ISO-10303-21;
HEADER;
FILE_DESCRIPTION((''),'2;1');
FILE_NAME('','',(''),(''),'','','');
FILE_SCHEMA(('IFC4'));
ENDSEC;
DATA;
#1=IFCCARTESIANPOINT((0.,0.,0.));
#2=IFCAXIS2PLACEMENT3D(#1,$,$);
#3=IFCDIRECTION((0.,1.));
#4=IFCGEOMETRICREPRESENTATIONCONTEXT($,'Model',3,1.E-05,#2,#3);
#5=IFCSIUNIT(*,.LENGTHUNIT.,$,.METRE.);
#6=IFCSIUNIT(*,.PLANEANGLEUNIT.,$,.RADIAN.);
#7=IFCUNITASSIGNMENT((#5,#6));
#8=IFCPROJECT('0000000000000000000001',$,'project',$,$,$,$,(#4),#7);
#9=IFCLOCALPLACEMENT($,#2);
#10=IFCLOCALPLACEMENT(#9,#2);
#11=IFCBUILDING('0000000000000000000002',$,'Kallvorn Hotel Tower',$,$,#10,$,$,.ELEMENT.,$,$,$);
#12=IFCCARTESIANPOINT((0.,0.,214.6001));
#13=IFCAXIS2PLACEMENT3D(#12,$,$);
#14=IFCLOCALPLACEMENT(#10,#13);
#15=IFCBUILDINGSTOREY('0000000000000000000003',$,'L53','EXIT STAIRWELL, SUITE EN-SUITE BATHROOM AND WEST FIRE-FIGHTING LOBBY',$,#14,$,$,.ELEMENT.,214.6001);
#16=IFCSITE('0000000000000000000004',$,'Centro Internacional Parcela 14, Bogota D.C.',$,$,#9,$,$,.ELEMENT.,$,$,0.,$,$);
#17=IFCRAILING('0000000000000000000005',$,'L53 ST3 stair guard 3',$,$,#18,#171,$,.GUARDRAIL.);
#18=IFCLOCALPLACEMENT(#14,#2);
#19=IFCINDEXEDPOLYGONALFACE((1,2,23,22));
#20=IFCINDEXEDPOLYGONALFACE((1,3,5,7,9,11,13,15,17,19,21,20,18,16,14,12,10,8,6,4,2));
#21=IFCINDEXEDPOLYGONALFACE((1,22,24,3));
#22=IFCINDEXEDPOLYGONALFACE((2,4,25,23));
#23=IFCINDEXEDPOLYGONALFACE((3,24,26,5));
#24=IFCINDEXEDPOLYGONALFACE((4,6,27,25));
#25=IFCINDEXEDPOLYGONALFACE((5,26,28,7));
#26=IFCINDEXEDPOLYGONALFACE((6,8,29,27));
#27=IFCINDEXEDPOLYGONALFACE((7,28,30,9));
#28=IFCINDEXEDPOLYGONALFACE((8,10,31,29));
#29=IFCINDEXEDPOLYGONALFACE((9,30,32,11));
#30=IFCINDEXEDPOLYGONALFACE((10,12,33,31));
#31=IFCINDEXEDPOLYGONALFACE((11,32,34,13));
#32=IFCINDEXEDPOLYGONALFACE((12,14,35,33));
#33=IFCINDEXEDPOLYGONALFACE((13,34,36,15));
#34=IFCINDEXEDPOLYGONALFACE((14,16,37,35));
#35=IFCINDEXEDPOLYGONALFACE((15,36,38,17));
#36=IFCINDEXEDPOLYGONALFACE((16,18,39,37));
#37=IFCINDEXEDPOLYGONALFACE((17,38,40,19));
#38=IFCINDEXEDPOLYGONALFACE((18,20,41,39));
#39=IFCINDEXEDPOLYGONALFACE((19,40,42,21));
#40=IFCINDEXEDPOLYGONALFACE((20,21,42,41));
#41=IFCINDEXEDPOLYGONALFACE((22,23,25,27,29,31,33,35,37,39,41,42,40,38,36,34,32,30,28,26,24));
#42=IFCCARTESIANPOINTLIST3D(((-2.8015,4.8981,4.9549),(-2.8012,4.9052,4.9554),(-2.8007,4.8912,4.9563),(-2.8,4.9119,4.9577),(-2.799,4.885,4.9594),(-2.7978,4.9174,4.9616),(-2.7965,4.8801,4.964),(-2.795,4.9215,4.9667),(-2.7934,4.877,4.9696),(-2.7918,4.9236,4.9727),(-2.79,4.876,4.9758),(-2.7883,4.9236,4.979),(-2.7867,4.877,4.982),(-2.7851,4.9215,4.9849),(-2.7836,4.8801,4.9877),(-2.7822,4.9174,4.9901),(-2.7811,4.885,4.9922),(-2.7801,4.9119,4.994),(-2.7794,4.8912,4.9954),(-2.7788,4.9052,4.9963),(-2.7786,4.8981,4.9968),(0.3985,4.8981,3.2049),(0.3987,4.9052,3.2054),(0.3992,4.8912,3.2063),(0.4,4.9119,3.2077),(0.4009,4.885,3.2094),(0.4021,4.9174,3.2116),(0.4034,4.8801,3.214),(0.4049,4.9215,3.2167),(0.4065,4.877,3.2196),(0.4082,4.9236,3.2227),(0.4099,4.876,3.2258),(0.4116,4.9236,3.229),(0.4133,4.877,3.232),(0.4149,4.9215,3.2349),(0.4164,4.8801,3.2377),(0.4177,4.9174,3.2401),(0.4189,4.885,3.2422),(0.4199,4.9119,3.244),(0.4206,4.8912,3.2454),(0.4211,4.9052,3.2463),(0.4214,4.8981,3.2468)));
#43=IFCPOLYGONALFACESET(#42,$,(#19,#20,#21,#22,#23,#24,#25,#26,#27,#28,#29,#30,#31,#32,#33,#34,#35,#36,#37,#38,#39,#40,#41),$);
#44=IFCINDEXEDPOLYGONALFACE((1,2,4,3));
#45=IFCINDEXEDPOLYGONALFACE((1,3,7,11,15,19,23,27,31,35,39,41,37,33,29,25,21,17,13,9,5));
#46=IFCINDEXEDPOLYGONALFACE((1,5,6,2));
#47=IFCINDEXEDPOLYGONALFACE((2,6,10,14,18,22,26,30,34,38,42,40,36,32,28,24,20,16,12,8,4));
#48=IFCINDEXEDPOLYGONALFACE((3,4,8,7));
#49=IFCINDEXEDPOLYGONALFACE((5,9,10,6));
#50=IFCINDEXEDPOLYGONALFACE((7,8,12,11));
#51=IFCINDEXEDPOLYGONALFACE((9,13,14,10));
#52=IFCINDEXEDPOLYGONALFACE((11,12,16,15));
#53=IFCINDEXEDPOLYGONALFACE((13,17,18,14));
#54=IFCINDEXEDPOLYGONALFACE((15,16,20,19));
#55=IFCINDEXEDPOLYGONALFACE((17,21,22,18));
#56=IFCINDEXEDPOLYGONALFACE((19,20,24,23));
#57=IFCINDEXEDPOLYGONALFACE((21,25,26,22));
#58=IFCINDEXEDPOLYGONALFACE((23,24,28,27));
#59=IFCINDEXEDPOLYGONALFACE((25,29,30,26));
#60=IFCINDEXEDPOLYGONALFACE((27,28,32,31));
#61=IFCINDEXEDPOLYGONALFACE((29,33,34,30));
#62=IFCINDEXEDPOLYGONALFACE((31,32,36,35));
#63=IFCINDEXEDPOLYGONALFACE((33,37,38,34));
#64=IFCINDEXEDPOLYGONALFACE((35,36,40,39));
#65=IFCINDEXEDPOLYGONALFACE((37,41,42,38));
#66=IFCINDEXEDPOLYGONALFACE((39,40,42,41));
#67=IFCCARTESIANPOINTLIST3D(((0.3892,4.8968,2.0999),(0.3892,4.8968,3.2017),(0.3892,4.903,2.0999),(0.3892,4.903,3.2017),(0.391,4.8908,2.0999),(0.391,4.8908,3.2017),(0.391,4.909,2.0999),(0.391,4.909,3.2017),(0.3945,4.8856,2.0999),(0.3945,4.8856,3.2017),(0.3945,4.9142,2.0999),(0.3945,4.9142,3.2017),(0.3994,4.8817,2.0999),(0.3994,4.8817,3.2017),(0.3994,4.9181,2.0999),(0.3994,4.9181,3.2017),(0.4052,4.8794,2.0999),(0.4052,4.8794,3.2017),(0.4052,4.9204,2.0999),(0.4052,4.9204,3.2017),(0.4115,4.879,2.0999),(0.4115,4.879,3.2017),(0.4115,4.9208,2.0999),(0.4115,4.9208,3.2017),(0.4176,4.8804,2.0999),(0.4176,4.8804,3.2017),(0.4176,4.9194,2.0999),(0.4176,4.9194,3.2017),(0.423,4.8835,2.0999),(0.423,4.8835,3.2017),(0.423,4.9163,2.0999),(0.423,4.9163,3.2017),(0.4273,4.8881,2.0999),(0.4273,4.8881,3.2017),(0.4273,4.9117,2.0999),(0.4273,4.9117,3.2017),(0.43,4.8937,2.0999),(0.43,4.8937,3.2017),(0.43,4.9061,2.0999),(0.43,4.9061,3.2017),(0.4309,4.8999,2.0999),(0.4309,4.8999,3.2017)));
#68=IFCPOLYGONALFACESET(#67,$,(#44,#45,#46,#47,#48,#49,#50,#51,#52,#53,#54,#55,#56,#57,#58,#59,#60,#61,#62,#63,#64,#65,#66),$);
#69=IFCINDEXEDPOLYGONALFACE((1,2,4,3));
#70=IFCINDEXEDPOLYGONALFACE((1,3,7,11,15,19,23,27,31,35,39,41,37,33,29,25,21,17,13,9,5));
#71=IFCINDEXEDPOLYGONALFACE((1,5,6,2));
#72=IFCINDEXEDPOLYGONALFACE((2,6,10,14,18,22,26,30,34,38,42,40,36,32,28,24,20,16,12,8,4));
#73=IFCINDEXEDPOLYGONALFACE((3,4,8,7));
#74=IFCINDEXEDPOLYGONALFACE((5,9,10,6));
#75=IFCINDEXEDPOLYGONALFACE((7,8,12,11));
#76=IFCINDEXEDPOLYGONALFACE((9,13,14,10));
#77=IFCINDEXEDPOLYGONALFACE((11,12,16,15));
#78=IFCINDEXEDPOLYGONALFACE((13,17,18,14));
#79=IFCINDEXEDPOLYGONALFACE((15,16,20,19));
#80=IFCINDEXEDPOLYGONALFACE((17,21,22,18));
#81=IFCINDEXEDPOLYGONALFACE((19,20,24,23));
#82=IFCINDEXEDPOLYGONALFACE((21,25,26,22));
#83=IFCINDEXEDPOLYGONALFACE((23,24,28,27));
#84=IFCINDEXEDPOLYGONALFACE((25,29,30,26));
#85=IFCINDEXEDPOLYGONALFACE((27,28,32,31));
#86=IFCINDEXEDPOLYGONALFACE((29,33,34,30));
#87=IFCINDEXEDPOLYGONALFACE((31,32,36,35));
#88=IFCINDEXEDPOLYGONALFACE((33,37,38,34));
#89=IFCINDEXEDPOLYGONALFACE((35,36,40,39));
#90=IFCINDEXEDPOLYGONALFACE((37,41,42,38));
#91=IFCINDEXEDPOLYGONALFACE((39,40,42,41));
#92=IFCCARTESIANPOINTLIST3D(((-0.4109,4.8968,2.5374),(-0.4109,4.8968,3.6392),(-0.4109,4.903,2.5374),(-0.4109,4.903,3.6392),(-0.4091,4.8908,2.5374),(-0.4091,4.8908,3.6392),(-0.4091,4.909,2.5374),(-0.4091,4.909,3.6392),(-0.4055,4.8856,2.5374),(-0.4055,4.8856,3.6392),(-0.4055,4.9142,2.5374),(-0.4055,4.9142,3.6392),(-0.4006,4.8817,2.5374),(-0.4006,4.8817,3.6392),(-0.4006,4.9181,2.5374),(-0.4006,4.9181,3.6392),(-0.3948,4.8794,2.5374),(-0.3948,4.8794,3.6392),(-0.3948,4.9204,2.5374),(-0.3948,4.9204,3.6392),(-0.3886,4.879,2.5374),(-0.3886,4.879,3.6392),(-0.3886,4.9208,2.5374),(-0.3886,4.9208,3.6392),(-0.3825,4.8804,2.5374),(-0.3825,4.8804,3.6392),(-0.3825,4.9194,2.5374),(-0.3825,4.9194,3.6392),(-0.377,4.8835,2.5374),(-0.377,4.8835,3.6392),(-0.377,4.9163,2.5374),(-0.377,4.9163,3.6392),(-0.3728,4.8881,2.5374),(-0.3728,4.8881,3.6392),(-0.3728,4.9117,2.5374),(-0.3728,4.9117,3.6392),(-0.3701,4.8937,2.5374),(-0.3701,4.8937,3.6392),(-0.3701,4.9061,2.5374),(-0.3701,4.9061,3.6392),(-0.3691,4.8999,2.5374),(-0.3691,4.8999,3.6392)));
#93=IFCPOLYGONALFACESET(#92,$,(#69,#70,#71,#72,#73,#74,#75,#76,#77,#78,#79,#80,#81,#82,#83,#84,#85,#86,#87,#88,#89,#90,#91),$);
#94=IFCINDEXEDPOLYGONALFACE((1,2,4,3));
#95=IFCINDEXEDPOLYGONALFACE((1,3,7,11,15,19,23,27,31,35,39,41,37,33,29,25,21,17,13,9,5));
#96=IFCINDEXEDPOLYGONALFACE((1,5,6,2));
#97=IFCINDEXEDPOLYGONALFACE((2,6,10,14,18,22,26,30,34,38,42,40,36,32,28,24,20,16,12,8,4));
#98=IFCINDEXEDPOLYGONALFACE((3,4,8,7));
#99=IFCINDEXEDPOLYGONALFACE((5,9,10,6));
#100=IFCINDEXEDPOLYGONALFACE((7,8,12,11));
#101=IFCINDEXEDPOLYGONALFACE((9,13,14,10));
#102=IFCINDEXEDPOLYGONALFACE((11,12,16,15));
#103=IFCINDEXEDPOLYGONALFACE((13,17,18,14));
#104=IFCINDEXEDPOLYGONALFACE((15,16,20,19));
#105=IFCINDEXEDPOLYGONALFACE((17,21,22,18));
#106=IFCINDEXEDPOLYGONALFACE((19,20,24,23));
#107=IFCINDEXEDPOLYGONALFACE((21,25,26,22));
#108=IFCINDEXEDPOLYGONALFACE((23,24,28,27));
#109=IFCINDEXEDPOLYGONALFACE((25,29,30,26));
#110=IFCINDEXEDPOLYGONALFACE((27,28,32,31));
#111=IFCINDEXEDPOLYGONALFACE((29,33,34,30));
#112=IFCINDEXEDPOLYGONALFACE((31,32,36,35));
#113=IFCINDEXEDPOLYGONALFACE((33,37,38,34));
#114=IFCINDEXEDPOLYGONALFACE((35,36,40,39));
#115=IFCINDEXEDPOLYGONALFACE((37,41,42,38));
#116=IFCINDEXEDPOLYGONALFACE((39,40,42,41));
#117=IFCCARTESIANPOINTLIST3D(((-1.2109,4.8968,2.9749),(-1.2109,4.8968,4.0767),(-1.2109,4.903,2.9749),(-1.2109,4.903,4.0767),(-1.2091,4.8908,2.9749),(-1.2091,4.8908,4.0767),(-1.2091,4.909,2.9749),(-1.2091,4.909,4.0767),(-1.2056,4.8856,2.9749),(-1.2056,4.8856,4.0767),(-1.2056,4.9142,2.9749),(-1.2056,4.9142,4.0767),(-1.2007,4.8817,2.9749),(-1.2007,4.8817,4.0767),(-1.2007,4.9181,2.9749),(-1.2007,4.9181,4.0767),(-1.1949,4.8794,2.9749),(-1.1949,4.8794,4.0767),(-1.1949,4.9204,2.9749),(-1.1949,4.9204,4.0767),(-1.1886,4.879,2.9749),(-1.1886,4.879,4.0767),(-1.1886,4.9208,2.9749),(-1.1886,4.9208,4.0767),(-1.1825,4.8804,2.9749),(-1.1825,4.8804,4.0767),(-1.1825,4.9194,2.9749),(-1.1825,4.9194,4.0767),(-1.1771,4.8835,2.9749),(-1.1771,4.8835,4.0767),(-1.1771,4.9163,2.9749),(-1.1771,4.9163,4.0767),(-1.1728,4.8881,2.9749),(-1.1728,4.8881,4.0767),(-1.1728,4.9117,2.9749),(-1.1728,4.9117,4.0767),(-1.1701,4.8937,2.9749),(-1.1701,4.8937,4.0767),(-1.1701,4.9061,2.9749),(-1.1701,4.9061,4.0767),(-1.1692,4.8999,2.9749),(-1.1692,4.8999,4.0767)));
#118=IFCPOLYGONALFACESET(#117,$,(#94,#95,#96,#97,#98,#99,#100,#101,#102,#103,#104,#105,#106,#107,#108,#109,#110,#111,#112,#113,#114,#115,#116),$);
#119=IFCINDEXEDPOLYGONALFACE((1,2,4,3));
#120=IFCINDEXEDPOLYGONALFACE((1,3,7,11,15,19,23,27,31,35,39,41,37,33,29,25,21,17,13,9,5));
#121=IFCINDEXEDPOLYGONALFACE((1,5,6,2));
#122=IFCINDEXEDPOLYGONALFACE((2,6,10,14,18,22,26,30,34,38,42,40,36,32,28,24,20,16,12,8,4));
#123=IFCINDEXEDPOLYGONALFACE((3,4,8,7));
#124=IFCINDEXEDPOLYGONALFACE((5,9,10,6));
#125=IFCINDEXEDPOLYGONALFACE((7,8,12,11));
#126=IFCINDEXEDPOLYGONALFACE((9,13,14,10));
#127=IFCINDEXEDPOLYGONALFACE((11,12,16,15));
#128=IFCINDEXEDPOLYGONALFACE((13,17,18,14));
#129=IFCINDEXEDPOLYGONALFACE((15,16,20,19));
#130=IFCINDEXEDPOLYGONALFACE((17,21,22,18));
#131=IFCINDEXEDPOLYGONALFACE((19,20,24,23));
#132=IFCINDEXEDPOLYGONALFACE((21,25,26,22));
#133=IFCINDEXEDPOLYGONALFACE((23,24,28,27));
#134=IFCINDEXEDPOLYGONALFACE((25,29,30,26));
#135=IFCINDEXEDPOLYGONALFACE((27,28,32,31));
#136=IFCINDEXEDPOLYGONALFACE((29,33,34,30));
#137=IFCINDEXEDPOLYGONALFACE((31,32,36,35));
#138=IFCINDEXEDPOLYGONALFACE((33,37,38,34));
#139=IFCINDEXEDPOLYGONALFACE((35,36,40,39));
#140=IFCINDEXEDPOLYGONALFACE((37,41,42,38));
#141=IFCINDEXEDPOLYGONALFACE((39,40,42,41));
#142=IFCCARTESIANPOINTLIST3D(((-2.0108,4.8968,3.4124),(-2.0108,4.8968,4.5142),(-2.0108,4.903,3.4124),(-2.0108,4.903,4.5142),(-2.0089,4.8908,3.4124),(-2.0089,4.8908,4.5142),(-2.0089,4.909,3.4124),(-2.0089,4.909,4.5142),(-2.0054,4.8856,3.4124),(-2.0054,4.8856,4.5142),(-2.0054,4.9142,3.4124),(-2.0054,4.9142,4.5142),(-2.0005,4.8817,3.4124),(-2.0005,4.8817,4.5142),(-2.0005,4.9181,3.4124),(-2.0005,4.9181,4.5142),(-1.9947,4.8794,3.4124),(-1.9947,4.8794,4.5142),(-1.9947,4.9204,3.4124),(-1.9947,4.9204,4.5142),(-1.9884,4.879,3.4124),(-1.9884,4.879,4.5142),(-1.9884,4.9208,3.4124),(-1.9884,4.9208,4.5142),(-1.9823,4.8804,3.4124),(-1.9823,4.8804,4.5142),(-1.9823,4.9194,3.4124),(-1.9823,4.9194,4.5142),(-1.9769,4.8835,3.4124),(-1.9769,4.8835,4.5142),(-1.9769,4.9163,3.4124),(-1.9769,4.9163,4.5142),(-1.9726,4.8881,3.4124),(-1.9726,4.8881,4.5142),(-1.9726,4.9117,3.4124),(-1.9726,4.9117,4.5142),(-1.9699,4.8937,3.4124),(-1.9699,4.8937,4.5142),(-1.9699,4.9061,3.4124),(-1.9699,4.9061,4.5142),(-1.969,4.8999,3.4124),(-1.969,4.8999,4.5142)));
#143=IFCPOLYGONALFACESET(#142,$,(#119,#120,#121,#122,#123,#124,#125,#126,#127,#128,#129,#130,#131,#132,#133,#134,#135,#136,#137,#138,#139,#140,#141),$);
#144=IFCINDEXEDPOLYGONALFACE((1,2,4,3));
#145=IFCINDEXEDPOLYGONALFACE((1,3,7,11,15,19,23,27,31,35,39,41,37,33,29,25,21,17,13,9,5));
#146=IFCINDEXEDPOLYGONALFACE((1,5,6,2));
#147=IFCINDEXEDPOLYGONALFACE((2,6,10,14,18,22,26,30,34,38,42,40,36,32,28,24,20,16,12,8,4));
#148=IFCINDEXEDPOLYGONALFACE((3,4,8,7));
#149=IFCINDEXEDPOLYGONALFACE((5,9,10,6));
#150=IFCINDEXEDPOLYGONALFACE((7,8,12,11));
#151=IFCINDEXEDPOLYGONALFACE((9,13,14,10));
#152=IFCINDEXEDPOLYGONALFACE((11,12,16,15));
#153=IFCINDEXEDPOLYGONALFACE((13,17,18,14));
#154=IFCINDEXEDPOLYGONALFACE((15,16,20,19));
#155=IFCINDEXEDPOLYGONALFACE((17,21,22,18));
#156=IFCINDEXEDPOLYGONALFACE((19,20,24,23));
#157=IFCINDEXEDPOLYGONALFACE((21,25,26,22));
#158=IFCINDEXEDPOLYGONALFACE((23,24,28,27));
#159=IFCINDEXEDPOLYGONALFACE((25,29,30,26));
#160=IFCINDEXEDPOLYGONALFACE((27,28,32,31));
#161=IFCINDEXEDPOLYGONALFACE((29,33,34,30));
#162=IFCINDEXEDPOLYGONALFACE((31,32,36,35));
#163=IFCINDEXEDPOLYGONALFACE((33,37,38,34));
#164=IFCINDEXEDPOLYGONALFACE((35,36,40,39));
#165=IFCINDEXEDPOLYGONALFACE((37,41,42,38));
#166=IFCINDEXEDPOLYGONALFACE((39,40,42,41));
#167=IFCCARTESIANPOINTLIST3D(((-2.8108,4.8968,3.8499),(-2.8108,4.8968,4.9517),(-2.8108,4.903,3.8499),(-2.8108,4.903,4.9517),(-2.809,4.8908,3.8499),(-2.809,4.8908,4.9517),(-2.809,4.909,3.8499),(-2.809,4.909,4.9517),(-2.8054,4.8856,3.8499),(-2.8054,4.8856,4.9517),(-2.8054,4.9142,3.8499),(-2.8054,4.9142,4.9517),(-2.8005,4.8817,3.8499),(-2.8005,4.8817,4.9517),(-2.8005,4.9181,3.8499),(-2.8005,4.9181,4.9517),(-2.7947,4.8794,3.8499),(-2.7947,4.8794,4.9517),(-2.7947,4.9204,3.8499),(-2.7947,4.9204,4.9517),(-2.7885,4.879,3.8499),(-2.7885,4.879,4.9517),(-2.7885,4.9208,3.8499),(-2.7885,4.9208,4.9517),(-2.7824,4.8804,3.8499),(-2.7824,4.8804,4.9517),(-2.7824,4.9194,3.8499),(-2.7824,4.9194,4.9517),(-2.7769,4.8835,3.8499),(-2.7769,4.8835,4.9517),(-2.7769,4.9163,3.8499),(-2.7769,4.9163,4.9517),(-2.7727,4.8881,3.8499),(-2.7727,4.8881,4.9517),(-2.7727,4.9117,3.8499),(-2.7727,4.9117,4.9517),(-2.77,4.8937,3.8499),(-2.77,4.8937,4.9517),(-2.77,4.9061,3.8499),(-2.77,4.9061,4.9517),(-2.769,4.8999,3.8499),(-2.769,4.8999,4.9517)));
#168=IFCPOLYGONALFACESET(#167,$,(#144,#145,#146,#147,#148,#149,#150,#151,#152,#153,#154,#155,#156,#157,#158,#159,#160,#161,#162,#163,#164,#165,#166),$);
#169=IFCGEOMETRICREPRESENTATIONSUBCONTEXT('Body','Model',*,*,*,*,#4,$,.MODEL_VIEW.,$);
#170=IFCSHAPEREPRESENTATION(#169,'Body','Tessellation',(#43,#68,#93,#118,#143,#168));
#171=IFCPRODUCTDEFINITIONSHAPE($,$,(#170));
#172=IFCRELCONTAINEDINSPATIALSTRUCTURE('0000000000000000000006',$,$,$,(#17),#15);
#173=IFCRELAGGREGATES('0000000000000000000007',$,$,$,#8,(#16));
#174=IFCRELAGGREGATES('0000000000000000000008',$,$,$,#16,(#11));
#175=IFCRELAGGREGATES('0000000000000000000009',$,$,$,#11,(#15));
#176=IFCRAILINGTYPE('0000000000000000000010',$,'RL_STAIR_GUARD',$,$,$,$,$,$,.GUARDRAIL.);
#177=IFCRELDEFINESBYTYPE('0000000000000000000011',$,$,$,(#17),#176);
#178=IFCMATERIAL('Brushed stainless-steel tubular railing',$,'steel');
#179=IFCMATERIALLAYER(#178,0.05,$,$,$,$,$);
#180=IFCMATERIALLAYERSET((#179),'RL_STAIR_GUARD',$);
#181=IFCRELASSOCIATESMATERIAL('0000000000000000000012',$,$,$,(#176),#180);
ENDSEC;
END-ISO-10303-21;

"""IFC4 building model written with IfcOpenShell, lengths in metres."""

from ifc_helpers import new_model, si_unit, direction, frame, origin, origin_2d, place, context, subcontext, project, spatial, circle, extrude, material, layer, layer_set, type_object, element, save


model = new_model("IFC4")

# Units and contexts
model_context = context("Model", 3, precision=1e-05, world=origin(), true_north=direction((0.0, 1.0)))
body_context = subcontext(model_context, "Body", "Model", "MODEL_VIEW")
ifc_project = project(units=[si_unit("LENGTHUNIT", "METRE"), si_unit("PLANEANGLEUNIT", "RADIAN")], contexts=[model_context])

# Site, building, storey
site_placement = place(None, origin())
site = spatial("IfcSite", under=ifc_project, at=site_placement, Name="Centro Internacional Parcela 14, Bogota D.C.", CompositionType="ELEMENT", RefElevation=0.0)
building_placement = place(site_placement, origin())
building = spatial("IfcBuilding", under=site, at=building_placement, Name="Kallvorn Hotel Tower", CompositionType="ELEMENT")
storey_placement = place(building_placement, frame((0.0, 0.0, 214.6001)))
storey = spatial("IfcBuildingStorey", under=building, at=storey_placement, Name="L53", Description="EXIT STAIRWELL, SUITE EN-SUITE BATHROOM AND WEST FIRE-FIGHTING LOBBY", CompositionType="ELEMENT", Elevation=214.6001)

# Railing
ifc_material_1 = material(Name="Brushed stainless-steel tubular railing", Category="steel")
ifc_layer_1 = layer(ifc_material_1, 0.05)
ifc_layer_set_1 = layer_set([ifc_layer_1], Name="RL_STAIR_GUARD")
railing_type_1 = type_object("IfcRailingType", Name="RL_STAIR_GUARD", PredefinedType="GUARDRAIL", material=ifc_layer_set_1)
railing_1_placement = place(storey_placement, frame((0.4099, 4.8999, 2.0999)))
element("IfcRailing", 1, at=railing_1_placement, inside=storey, type_object=railing_type_1, Name="L53 ST3 stair guard 3", PredefinedType="GUARDRAIL", context=body_context, shape_type="SweptSolid", body=[
    extrude(circle(Radius=0.0239, at=origin_2d()), frame((0.0, 0.0, 1.126), z_axis=(-0.877368, 0.0, 0.479818), x_axis=(0.0, -1.0, 0.0)), (0.0, 0.0, 1.0), 3.6472),
    extrude(circle(Radius=0.021, at=origin_2d()), origin(), (0.0, 0.0, 1.0), 1.1018),
    extrude(circle(Radius=0.021, at=origin_2d()), frame((-0.8, 0.0, 0.4375)), (0.0, 0.0, 1.0), 1.1018),
    extrude(circle(Radius=0.021, at=origin_2d()), frame((-1.6001, 0.0, 0.875)), (0.0, 0.0, 1.0), 1.1018),
    extrude(circle(Radius=0.021, at=origin_2d()), frame((-2.3999, 0.0, 1.3125)), (0.0, 0.0, 1.0), 1.1018),
    extrude(circle(Radius=0.021, at=origin_2d()), frame((-3.2, 0.0, 1.75)), (0.0, 0.0, 1.0), 1.1018),
])

save(model, "model.ifc")
